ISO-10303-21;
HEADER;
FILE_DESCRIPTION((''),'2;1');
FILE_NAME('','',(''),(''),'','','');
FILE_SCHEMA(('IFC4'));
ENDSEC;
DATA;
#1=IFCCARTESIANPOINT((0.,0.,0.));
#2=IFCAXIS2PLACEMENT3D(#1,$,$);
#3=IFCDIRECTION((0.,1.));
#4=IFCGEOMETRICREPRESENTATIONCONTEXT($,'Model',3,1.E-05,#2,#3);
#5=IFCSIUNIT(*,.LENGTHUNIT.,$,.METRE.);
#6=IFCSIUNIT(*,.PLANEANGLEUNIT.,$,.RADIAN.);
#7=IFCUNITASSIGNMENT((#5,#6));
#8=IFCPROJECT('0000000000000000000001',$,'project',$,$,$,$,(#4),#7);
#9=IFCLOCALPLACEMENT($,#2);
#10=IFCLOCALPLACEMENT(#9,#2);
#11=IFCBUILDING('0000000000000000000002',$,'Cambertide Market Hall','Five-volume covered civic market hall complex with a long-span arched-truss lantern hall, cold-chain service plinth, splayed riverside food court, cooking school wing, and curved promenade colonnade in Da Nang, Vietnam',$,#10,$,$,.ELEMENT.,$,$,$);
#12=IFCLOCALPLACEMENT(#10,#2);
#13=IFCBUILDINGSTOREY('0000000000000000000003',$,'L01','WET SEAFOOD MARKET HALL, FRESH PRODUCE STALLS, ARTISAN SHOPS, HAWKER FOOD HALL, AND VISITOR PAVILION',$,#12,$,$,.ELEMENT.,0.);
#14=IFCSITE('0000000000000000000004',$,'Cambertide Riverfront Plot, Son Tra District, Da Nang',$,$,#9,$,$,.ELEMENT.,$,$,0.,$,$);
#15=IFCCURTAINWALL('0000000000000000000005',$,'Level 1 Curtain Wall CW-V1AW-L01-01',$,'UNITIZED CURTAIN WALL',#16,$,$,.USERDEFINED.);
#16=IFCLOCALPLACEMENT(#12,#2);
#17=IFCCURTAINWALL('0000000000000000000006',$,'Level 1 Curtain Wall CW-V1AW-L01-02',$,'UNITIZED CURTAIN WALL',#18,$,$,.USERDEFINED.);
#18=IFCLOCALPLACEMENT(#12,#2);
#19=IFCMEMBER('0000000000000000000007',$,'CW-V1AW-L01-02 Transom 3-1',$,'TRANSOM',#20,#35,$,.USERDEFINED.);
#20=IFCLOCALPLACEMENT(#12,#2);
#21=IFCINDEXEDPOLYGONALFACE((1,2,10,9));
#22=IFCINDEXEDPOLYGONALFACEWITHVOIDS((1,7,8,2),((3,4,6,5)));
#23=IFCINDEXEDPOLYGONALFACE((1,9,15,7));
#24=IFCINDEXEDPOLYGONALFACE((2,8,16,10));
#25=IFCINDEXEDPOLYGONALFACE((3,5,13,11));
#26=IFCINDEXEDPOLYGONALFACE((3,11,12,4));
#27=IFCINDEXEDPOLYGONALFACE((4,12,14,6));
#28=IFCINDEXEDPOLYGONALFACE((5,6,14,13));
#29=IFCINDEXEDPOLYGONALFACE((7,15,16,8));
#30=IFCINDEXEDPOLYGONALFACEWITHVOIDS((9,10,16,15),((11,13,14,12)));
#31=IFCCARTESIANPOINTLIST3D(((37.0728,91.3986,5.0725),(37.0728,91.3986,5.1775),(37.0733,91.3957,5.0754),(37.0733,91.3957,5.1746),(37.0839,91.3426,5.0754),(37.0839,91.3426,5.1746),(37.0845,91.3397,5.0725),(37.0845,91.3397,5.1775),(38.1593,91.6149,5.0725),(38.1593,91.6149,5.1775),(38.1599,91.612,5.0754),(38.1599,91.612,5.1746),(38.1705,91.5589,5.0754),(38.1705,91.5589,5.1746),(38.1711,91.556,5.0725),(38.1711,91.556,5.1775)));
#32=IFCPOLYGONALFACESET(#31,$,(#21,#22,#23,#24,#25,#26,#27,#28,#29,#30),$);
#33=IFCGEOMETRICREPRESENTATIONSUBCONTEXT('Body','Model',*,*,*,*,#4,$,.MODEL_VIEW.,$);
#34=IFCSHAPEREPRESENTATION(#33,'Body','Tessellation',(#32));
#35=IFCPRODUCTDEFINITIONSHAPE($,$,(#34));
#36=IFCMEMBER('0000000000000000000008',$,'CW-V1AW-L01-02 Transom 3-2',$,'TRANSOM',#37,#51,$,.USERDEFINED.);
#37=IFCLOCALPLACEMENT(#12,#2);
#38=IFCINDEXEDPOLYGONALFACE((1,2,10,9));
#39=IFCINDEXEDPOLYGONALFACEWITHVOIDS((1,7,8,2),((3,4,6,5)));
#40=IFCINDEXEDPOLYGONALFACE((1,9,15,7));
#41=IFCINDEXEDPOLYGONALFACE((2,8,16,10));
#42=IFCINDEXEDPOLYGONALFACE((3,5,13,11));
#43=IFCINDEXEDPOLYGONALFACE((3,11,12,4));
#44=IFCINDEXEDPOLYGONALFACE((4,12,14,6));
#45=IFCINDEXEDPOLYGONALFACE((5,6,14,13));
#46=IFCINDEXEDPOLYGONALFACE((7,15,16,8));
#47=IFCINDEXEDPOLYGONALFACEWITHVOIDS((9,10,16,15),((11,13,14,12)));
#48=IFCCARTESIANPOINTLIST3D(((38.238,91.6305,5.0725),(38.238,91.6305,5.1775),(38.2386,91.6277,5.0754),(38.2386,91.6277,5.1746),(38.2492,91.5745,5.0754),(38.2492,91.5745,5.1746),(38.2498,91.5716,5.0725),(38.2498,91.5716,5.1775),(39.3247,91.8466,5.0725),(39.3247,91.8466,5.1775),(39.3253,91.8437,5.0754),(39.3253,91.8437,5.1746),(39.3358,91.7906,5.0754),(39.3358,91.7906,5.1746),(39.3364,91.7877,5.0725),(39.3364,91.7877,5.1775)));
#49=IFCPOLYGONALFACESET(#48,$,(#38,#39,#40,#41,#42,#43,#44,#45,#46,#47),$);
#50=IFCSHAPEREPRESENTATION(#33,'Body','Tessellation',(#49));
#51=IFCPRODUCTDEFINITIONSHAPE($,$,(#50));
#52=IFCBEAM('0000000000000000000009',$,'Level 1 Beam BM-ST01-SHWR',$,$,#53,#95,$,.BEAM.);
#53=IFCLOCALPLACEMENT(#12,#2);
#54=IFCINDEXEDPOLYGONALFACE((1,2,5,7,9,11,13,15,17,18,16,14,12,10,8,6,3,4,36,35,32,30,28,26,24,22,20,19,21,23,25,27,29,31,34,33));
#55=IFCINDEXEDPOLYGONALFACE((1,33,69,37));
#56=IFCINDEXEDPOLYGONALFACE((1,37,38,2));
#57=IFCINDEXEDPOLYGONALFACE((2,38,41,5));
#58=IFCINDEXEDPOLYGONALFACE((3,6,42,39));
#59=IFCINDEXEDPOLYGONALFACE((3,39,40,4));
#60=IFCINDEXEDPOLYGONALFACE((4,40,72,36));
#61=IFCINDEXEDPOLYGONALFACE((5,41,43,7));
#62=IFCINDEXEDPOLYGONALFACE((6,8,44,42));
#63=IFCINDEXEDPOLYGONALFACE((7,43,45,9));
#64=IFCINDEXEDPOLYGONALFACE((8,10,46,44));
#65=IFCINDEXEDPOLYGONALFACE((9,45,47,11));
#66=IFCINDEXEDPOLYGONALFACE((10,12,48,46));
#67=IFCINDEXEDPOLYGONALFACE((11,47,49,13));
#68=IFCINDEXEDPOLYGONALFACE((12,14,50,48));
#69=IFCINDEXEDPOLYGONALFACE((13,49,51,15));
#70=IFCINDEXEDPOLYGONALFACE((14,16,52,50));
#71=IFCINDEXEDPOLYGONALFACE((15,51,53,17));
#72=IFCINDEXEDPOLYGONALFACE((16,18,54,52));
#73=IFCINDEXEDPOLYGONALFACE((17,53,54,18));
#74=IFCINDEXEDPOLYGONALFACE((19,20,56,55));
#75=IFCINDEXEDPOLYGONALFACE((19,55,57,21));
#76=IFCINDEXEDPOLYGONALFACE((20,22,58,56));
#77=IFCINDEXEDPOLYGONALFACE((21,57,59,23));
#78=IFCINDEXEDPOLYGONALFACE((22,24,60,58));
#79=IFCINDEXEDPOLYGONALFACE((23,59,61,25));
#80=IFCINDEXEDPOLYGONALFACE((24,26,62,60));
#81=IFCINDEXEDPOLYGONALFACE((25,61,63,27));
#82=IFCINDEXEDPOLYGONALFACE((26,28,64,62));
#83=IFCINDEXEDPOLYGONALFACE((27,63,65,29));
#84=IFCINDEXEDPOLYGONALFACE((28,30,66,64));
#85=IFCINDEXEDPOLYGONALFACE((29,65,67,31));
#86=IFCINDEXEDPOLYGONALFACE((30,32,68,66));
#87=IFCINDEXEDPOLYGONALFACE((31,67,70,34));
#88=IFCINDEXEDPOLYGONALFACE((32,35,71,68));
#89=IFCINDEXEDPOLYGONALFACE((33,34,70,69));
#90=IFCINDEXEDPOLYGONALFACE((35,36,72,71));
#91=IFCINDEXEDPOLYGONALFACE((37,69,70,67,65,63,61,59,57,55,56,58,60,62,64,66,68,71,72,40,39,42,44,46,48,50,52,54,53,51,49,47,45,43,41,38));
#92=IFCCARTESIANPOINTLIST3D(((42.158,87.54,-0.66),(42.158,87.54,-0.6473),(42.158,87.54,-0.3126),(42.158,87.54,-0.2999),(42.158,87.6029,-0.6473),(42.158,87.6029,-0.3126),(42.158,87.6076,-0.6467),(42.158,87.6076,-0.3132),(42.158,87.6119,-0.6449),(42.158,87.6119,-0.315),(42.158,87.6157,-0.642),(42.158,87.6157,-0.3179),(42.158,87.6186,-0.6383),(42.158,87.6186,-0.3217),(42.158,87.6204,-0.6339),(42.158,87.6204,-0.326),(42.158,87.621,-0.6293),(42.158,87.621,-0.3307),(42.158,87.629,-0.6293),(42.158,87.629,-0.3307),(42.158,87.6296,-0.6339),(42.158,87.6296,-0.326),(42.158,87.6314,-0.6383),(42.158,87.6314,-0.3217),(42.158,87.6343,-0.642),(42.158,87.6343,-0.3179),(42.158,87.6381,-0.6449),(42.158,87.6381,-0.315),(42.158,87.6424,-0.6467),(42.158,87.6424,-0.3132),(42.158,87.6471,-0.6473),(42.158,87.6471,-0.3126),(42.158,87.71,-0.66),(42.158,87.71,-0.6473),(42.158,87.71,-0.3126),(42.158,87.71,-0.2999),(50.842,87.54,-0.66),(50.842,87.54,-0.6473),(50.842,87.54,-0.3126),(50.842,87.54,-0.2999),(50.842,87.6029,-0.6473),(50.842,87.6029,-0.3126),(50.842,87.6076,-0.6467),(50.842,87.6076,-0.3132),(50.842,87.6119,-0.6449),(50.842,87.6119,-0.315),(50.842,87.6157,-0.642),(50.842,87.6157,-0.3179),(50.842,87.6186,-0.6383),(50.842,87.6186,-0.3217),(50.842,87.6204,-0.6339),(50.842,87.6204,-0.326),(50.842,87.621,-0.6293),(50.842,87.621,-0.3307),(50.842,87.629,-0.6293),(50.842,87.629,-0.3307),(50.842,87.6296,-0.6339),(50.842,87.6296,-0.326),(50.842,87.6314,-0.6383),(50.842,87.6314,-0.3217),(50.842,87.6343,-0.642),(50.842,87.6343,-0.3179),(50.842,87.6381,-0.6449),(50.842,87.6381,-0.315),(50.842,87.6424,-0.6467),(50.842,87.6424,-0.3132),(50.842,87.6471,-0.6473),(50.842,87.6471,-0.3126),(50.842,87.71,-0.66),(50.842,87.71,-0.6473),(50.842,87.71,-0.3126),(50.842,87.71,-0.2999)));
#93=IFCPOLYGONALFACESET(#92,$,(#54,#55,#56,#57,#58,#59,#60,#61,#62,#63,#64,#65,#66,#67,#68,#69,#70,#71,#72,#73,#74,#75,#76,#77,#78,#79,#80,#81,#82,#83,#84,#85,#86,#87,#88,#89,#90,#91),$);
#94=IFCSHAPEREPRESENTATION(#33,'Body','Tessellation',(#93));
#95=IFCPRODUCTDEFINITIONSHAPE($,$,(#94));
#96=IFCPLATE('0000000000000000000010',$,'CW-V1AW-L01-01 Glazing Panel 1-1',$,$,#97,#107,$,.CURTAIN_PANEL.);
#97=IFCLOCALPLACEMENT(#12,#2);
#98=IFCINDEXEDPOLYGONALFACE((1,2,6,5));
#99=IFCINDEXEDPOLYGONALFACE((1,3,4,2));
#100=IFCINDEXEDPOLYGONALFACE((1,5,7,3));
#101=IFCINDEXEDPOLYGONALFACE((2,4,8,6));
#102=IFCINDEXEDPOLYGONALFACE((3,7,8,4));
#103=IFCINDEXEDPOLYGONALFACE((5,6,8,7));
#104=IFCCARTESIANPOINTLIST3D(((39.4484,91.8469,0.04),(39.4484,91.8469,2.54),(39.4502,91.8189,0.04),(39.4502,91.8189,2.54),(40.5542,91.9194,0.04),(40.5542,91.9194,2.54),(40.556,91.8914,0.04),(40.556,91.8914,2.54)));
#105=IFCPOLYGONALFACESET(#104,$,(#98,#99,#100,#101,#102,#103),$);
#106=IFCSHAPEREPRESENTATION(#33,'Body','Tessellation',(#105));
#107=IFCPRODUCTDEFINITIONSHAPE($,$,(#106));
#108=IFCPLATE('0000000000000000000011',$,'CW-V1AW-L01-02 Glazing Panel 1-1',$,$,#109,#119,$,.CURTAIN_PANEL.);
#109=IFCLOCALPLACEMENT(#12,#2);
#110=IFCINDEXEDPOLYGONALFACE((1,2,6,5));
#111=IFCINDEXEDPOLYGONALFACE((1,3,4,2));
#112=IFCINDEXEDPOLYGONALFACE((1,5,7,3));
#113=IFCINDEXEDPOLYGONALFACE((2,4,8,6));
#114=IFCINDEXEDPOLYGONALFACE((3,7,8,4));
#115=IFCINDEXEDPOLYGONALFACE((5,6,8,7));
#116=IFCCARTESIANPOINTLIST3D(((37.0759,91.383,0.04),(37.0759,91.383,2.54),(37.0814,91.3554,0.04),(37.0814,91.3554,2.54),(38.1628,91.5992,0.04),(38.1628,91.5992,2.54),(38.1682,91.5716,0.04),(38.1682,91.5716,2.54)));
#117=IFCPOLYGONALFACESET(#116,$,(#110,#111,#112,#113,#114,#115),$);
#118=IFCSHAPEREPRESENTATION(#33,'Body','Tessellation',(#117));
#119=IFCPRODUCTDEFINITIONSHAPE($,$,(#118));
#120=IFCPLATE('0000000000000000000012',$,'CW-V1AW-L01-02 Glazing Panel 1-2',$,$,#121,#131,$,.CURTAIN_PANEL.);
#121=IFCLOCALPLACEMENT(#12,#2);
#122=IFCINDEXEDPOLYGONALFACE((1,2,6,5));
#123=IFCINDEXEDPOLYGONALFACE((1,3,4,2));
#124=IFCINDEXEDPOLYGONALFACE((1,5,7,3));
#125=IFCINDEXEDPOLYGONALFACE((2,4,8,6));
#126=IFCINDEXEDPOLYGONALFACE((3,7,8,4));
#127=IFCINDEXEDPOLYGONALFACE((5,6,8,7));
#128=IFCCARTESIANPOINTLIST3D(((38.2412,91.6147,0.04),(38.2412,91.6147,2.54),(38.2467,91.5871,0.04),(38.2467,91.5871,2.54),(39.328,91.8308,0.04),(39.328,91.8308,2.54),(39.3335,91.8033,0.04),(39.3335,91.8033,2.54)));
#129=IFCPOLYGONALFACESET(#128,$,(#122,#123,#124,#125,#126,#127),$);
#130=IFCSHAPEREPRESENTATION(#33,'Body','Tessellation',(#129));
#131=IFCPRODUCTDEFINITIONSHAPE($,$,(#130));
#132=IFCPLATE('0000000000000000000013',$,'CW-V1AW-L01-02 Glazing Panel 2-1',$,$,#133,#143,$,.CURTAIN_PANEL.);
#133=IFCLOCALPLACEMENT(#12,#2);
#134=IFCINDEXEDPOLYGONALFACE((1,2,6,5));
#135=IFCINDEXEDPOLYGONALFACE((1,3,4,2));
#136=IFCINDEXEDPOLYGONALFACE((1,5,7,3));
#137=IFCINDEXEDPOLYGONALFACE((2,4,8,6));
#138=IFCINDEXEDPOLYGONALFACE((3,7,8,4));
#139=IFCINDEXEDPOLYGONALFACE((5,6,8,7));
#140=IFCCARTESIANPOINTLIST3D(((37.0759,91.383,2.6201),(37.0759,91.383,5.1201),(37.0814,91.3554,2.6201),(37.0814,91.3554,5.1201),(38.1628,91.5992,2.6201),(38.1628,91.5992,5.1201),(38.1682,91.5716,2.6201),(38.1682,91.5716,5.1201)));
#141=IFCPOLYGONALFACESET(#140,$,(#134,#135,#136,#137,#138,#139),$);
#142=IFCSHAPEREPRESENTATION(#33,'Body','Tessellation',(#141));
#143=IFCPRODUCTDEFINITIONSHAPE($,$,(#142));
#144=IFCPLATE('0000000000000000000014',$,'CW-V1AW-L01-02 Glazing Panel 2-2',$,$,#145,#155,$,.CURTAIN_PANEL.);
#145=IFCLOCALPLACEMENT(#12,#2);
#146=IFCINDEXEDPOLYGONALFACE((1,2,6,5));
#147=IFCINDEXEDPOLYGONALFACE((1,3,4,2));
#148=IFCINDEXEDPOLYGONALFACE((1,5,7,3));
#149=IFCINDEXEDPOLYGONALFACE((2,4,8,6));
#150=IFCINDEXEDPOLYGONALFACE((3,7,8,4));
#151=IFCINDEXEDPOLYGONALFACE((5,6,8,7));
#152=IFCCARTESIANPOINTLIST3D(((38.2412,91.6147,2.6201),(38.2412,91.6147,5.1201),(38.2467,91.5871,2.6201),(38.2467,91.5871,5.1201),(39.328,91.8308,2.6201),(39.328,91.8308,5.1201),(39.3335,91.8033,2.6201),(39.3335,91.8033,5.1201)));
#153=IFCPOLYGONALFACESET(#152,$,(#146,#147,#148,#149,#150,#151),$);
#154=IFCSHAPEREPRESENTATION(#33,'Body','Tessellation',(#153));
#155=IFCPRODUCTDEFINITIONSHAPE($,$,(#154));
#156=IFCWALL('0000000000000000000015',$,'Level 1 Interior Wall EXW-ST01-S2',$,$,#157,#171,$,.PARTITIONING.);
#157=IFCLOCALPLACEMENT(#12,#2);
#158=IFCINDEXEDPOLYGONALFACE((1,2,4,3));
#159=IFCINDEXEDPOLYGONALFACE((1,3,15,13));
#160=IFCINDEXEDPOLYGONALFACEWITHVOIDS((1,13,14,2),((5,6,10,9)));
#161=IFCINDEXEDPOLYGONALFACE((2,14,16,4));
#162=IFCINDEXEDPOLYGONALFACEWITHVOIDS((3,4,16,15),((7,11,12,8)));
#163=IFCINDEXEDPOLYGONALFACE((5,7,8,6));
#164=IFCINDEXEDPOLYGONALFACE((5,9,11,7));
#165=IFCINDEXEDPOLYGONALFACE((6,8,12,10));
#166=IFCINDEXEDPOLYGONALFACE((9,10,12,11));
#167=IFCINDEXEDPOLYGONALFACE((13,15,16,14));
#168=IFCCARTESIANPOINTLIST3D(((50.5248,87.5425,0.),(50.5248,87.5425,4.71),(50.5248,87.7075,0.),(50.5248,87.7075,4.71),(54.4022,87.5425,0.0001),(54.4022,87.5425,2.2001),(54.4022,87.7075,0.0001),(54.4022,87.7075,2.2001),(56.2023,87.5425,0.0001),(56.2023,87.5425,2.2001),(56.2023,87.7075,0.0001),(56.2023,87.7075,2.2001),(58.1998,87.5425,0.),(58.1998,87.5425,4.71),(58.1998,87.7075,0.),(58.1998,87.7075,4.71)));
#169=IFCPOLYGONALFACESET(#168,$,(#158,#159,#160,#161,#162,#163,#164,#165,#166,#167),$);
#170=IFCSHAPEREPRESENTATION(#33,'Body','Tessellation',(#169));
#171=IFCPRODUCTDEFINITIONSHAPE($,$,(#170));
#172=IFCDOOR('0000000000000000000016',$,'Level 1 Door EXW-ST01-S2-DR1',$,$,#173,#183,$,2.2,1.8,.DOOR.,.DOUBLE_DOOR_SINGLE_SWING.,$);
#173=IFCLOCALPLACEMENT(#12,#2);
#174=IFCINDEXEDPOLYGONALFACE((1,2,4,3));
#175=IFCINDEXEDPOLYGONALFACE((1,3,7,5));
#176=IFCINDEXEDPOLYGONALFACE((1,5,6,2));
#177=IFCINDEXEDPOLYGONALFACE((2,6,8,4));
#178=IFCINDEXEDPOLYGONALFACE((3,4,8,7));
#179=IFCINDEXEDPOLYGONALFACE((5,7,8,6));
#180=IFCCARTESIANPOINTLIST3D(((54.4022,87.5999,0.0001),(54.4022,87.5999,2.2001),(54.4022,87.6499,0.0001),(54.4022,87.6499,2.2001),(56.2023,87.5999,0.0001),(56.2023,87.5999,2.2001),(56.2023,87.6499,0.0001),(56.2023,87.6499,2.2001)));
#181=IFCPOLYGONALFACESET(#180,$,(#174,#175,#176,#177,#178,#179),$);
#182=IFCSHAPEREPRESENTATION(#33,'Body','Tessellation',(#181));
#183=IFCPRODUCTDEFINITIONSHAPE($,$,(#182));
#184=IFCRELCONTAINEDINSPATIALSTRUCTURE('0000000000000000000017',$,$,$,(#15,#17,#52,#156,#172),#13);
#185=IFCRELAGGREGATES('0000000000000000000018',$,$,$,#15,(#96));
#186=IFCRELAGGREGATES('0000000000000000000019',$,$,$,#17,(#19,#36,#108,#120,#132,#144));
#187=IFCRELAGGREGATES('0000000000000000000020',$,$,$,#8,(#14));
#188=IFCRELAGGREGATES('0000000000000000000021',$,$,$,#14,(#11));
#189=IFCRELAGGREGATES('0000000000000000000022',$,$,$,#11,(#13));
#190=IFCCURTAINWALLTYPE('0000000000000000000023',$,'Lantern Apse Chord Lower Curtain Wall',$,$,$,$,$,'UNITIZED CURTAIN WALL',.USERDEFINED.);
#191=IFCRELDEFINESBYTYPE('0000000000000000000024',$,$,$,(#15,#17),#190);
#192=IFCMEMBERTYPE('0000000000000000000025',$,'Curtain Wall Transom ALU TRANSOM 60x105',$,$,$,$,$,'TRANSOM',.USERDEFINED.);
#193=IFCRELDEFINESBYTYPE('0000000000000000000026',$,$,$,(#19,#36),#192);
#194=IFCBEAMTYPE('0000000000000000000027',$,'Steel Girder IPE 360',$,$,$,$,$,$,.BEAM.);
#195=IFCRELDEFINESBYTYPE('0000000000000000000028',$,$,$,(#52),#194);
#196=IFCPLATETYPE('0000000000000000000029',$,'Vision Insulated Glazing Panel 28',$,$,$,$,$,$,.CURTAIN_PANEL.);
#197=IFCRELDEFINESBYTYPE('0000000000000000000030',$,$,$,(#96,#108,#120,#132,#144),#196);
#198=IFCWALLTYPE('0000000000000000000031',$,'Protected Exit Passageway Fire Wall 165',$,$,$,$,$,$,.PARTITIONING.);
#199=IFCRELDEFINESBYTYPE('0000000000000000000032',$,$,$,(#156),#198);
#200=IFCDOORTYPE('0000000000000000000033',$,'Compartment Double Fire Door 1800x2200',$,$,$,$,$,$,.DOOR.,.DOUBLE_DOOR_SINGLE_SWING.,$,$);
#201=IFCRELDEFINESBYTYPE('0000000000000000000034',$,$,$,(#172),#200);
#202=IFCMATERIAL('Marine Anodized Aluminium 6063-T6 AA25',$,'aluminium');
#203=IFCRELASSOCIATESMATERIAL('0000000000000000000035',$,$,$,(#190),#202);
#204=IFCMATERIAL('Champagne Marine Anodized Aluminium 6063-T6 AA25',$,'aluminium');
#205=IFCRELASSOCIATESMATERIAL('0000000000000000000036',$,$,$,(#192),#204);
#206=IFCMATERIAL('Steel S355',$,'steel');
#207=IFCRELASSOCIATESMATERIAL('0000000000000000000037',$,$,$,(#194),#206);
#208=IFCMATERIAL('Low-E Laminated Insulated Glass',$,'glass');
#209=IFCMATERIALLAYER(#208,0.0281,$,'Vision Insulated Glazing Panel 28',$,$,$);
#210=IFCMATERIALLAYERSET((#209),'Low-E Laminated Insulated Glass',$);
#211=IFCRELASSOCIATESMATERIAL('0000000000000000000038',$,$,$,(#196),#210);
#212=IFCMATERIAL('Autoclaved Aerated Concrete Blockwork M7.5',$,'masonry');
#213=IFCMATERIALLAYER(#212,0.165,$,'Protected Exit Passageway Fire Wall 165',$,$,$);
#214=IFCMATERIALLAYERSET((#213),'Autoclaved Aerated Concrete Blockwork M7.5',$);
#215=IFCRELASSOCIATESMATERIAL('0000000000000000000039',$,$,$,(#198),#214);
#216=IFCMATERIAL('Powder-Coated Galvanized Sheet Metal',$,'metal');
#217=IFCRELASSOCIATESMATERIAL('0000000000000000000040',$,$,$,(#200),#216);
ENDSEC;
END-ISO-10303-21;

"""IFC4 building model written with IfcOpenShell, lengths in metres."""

from ifc_helpers import new_model, si_unit, direction, frame, frame_2d, origin, origin_2d, place, context, subcontext, project, spatial, rectangle, hollow_rectangle, i_section, extrude, material, layer, layer_set, material_profile, profile_set, type_object, element, fill, aggregate, save


model = new_model("IFC4")

# Units and contexts
model_context = context("Model", 3, precision=1e-05, world=origin(), true_north=direction((0.0, 1.0)))
body_context = subcontext(model_context, "Body", "Model", "MODEL_VIEW")
ifc_project = project(units=[si_unit("LENGTHUNIT", "METRE"), si_unit("PLANEANGLEUNIT", "RADIAN")], contexts=[model_context])

# Site, building, storey
site_placement = place(None, origin())
site = spatial("IfcSite", under=ifc_project, at=site_placement, Name="Cambertide Riverfront Plot, Son Tra District, Da Nang", CompositionType="ELEMENT", RefElevation=0.0)
building_placement = place(site_placement, origin())
building = spatial("IfcBuilding", under=site, at=building_placement, Name="Cambertide Market Hall", Description="Five-volume covered civic market hall complex with a long-span arched-truss lantern hall, cold-chain service plinth, splayed riverside food court, cooking school wing, and curved promenade colonnade in Da Nang, Vietnam", CompositionType="ELEMENT")
storey_placement = place(building_placement, origin())
storey = spatial("IfcBuildingStorey", under=building, at=storey_placement, Name="L01", Description="WET SEAFOOD MARKET HALL, FRESH PRODUCE STALLS, ARTISAN SHOPS, HAWKER FOOD HALL, AND VISITOR PAVILION", CompositionType="ELEMENT", Elevation=0.0)

# Curtain wall
ifc_material_1 = material(Name="Marine Anodized Aluminium 6063-T6 AA25", Category="aluminium")
curtain_wall_type = type_object("IfcCurtainWallType", Name="Lantern Apse Chord Lower Curtain Wall", ElementType="UNITIZED CURTAIN WALL", PredefinedType="USERDEFINED", material=ifc_material_1)
curtain_wall_1_placement = place(storey_placement, origin())
curtain_wall_1 = element("IfcCurtainWall", 1, at=curtain_wall_1_placement, inside=storey, type_object=curtain_wall_type, Name="Level 1 Curtain Wall CW-V1AW-L01-01", ObjectType="UNITIZED CURTAIN WALL", PredefinedType="USERDEFINED")

# Curtain wall
curtain_wall_2_placement = place(storey_placement, origin())
curtain_wall_2 = element("IfcCurtainWall", 2, at=curtain_wall_2_placement, inside=storey, type_object=curtain_wall_type, Name="Level 1 Curtain Wall CW-V1AW-L01-02", ObjectType="UNITIZED CURTAIN WALL", PredefinedType="USERDEFINED")

# Members
ifc_material_2 = material(Name="Champagne Marine Anodized Aluminium 6063-T6 AA25", Category="aluminium")
ifc_material_profile_1 = material_profile(ifc_material_2, hollow_rectangle(XDim=0.0601, YDim=0.105, WallThickness=0.0029, at=origin_2d()), Name="ALU TRANSOM 60x105")
ifc_profile_set_1 = profile_set([ifc_material_profile_1], Name="Champagne Marine Anodized Aluminium 6063-T6 AA25")
member_type_1 = type_object("IfcMemberType", Name="Curtain Wall Transom ALU TRANSOM 60x105", ElementType="TRANSOM", PredefinedType="USERDEFINED", material=ifc_profile_set_1)
member_1_placement = place(storey_placement, frame((37.0786, 91.3691, 5.125), z_axis=(0.980758, 0.195226, 0.0), x_axis=(-0.195226, 0.980758, 0.0)))
member_1 = element("IfcMember", 3, at=member_1_placement, type_object=member_type_1, Name="CW-V1AW-L01-02 Transom 3-1", ObjectType="TRANSOM", PredefinedType="USERDEFINED", context=body_context, shape_type="SweptSolid", body=[
    extrude(hollow_rectangle(XDim=0.0601, YDim=0.105, WallThickness=0.0029, at=origin_2d()), origin(), (0.0, 0.0, 1.0), 1.1079),
])
member_2_placement = place(storey_placement, frame((38.2439, 91.6011, 5.125), z_axis=(0.9808, 0.195014, 0.0), x_axis=(-0.195014, 0.9808, 0.0)))
member_2 = element("IfcMember", 4, at=member_2_placement, type_object=member_type_1, Name="CW-V1AW-L01-02 Transom 3-2", ObjectType="TRANSOM", PredefinedType="USERDEFINED", context=body_context, shape_type="SweptSolid", body=[
    extrude(hollow_rectangle(XDim=0.0601, YDim=0.105, WallThickness=0.0029, at=origin_2d()), origin(), (0.0, 0.0, 1.0), 1.1079),
])

# Beam
ifc_material_3 = material(Name="Steel S355", Category="steel")
ifc_material_profile_2 = material_profile(ifc_material_3, i_section(OverallWidth=0.1699, OverallDepth=0.3601, WebThickness=0.0081, FlangeThickness=0.0127, FilletRadius=0.0181, at=origin_2d()), Name="IPE 360")
ifc_profile_set_2 = profile_set([ifc_material_profile_2], Name="Steel S355")
beam_type = type_object("IfcBeamType", Name="Steel Girder IPE 360", PredefinedType="BEAM", material=ifc_profile_set_2)
beam_placement = place(storey_placement, frame((42.158, 87.625, -0.48), z_axis=(1.0, 0.0, 0.0), x_axis=(0.0, 1.0, 0.0)))
element("IfcBeam", 5, at=beam_placement, inside=storey, type_object=beam_type, Name="Level 1 Beam BM-ST01-SHWR", PredefinedType="BEAM", context=body_context, shape_type="SweptSolid", body=[
    extrude(i_section(OverallWidth=0.1699, OverallDepth=0.3601, WebThickness=0.0081, FlangeThickness=0.0127, FilletRadius=0.0181, at=origin_2d()), origin(), (0.0, 0.0, 1.0), 8.6841),
])

# Plates
ifc_material_4 = material(Name="Low-E Laminated Insulated Glass", Category="glass")
ifc_layer_1 = layer(ifc_material_4, 0.0281, Name="Vision Insulated Glazing Panel 28")
ifc_layer_set_1 = layer_set([ifc_layer_1], Name="Low-E Laminated Insulated Glass")
plate_type = type_object("IfcPlateType", Name="Vision Insulated Glazing Panel 28", PredefinedType="CURTAIN_PANEL", material=ifc_layer_set_1)
plate_1_placement = place(storey_placement, frame((40.0022, 91.8691, 0.04), z_axis=(0.0, 0.0, 1.0), x_axis=(0.997859, 0.065403, 0.0)))
plate_1 = element("IfcPlate", 6, at=plate_1_placement, type_object=plate_type, Name="CW-V1AW-L01-01 Glazing Panel 1-1", PredefinedType="CURTAIN_PANEL", context=body_context, shape_type="SweptSolid", body=[
    extrude(rectangle(XDim=1.1082, YDim=0.0281, at=origin_2d()), origin(), (0.0, 0.0, 1.0), 2.5),
])
aggregate(curtain_wall_1, [plate_1])
plate_2_placement = place(storey_placement, frame((37.6221, 91.4773, 0.04), z_axis=(0.0, 0.0, 1.0), x_axis=(0.980785, 0.19509, 0.0)))
plate_2 = element("IfcPlate", 7, at=plate_2_placement, type_object=plate_type, Name="CW-V1AW-L01-02 Glazing Panel 1-1", PredefinedType="CURTAIN_PANEL", context=body_context, shape_type="SweptSolid", body=[
    extrude(rectangle(XDim=1.1082, YDim=0.0281, at=origin_2d()), origin(), (0.0, 0.0, 1.0), 2.5),
])
plate_3_placement = place(storey_placement, frame((38.7874, 91.709, 0.04), z_axis=(0.0, 0.0, 1.0), x_axis=(0.980785, 0.19509, 0.0)))
plate_3 = element("IfcPlate", 8, at=plate_3_placement, type_object=plate_type, Name="CW-V1AW-L01-02 Glazing Panel 1-2", PredefinedType="CURTAIN_PANEL", context=body_context, shape_type="SweptSolid", body=[
    extrude(rectangle(XDim=1.1082, YDim=0.0281, at=origin_2d()), origin(), (0.0, 0.0, 1.0), 2.5),
])
plate_4_placement = place(storey_placement, frame((37.6221, 91.4773, 2.6201), z_axis=(0.0, 0.0, 1.0), x_axis=(0.980785, 0.19509, 0.0)))
plate_4 = element("IfcPlate", 9, at=plate_4_placement, type_object=plate_type, Name="CW-V1AW-L01-02 Glazing Panel 2-1", PredefinedType="CURTAIN_PANEL", context=body_context, shape_type="SweptSolid", body=[
    extrude(rectangle(XDim=1.1082, YDim=0.0281, at=origin_2d()), origin(), (0.0, 0.0, 1.0), 2.5),
])
plate_5_placement = place(storey_placement, frame((38.7874, 91.709, 2.6201), z_axis=(0.0, 0.0, 1.0), x_axis=(0.980785, 0.19509, 0.0)))
plate_5 = element("IfcPlate", 10, at=plate_5_placement, type_object=plate_type, Name="CW-V1AW-L01-02 Glazing Panel 2-2", PredefinedType="CURTAIN_PANEL", context=body_context, shape_type="SweptSolid", body=[
    extrude(rectangle(XDim=1.1082, YDim=0.0281, at=origin_2d()), origin(), (0.0, 0.0, 1.0), 2.5),
])
aggregate(curtain_wall_2, [member_1, member_2, plate_2, plate_3, plate_4, plate_5])

# Wall, opening, door
ifc_material_5 = material(Name="Autoclaved Aerated Concrete Blockwork M7.5", Category="masonry")
ifc_layer_2 = layer(ifc_material_5, 0.165, Name="Protected Exit Passageway Fire Wall 165")
ifc_layer_set_2 = layer_set([ifc_layer_2], Name="Autoclaved Aerated Concrete Blockwork M7.5")
wall_type_1 = type_object("IfcWallType", Name="Protected Exit Passageway Fire Wall 165", PredefinedType="PARTITIONING", material=ifc_layer_set_2)
wall_1_placement = place(storey_placement, frame((50.5249, 87.625, 0.0), z_axis=(0.0, 0.0, 1.0), x_axis=(1.0, 0.0, 0.0)))
wall_1 = element("IfcWall", 11, at=wall_1_placement, inside=storey, type_object=wall_type_1, Name="Level 1 Interior Wall EXW-ST01-S2", PredefinedType="PARTITIONING", context=body_context, shape_type="SweptSolid", body=[
    extrude(rectangle(XDim=7.675, YDim=0.165, at=frame_2d((3.8374, 0.0))), origin(), (0.0, 0.0, 1.0), 4.71),
])
opening_placement = place(wall_1_placement, frame((3.8774, 0.0, 0.0)))
opening = element("IfcOpeningElement", 12, at=opening_placement, cuts=wall_1, PredefinedType="OPENING", context=body_context, shape_type="SweptSolid", body=[
    extrude(rectangle(XDim=1.8, YDim=2.2, at=frame_2d((0.8999, 1.1001))), frame((0.0, 0.0925, 0.0), z_axis=(0.0, -1.0, 0.0), x_axis=(1.0, 0.0, 0.0)), (0.0, 0.0, 1.0), 0.1851),
])
ifc_material_6 = material(Name="Powder-Coated Galvanized Sheet Metal", Category="metal")
door_type = type_object("IfcDoorType", Name="Compartment Double Fire Door 1800x2200", OperationType="DOUBLE_DOOR_SINGLE_SWING", PredefinedType="DOOR", material=ifc_material_6)
door_placement = place(opening_placement, origin())
door = element("IfcDoor", 13, at=door_placement, inside=storey, type_object=door_type, Name="Level 1 Door EXW-ST01-S2-DR1", OperationType="DOUBLE_DOOR_SINGLE_SWING", OverallHeight=2.2, OverallWidth=1.8, PredefinedType="DOOR", context=body_context, shape_type="SweptSolid", body=[
    extrude(rectangle(XDim=1.8, YDim=2.2, at=frame_2d((0.8999, 1.1001))), frame((0.0, 0.0249, 0.0), z_axis=(0.0, -1.0, 0.0), x_axis=(1.0, 0.0, 0.0)), (0.0, 0.0, 1.0), 0.05),
])
fill(opening, door)

save(model, "model.ifc")
